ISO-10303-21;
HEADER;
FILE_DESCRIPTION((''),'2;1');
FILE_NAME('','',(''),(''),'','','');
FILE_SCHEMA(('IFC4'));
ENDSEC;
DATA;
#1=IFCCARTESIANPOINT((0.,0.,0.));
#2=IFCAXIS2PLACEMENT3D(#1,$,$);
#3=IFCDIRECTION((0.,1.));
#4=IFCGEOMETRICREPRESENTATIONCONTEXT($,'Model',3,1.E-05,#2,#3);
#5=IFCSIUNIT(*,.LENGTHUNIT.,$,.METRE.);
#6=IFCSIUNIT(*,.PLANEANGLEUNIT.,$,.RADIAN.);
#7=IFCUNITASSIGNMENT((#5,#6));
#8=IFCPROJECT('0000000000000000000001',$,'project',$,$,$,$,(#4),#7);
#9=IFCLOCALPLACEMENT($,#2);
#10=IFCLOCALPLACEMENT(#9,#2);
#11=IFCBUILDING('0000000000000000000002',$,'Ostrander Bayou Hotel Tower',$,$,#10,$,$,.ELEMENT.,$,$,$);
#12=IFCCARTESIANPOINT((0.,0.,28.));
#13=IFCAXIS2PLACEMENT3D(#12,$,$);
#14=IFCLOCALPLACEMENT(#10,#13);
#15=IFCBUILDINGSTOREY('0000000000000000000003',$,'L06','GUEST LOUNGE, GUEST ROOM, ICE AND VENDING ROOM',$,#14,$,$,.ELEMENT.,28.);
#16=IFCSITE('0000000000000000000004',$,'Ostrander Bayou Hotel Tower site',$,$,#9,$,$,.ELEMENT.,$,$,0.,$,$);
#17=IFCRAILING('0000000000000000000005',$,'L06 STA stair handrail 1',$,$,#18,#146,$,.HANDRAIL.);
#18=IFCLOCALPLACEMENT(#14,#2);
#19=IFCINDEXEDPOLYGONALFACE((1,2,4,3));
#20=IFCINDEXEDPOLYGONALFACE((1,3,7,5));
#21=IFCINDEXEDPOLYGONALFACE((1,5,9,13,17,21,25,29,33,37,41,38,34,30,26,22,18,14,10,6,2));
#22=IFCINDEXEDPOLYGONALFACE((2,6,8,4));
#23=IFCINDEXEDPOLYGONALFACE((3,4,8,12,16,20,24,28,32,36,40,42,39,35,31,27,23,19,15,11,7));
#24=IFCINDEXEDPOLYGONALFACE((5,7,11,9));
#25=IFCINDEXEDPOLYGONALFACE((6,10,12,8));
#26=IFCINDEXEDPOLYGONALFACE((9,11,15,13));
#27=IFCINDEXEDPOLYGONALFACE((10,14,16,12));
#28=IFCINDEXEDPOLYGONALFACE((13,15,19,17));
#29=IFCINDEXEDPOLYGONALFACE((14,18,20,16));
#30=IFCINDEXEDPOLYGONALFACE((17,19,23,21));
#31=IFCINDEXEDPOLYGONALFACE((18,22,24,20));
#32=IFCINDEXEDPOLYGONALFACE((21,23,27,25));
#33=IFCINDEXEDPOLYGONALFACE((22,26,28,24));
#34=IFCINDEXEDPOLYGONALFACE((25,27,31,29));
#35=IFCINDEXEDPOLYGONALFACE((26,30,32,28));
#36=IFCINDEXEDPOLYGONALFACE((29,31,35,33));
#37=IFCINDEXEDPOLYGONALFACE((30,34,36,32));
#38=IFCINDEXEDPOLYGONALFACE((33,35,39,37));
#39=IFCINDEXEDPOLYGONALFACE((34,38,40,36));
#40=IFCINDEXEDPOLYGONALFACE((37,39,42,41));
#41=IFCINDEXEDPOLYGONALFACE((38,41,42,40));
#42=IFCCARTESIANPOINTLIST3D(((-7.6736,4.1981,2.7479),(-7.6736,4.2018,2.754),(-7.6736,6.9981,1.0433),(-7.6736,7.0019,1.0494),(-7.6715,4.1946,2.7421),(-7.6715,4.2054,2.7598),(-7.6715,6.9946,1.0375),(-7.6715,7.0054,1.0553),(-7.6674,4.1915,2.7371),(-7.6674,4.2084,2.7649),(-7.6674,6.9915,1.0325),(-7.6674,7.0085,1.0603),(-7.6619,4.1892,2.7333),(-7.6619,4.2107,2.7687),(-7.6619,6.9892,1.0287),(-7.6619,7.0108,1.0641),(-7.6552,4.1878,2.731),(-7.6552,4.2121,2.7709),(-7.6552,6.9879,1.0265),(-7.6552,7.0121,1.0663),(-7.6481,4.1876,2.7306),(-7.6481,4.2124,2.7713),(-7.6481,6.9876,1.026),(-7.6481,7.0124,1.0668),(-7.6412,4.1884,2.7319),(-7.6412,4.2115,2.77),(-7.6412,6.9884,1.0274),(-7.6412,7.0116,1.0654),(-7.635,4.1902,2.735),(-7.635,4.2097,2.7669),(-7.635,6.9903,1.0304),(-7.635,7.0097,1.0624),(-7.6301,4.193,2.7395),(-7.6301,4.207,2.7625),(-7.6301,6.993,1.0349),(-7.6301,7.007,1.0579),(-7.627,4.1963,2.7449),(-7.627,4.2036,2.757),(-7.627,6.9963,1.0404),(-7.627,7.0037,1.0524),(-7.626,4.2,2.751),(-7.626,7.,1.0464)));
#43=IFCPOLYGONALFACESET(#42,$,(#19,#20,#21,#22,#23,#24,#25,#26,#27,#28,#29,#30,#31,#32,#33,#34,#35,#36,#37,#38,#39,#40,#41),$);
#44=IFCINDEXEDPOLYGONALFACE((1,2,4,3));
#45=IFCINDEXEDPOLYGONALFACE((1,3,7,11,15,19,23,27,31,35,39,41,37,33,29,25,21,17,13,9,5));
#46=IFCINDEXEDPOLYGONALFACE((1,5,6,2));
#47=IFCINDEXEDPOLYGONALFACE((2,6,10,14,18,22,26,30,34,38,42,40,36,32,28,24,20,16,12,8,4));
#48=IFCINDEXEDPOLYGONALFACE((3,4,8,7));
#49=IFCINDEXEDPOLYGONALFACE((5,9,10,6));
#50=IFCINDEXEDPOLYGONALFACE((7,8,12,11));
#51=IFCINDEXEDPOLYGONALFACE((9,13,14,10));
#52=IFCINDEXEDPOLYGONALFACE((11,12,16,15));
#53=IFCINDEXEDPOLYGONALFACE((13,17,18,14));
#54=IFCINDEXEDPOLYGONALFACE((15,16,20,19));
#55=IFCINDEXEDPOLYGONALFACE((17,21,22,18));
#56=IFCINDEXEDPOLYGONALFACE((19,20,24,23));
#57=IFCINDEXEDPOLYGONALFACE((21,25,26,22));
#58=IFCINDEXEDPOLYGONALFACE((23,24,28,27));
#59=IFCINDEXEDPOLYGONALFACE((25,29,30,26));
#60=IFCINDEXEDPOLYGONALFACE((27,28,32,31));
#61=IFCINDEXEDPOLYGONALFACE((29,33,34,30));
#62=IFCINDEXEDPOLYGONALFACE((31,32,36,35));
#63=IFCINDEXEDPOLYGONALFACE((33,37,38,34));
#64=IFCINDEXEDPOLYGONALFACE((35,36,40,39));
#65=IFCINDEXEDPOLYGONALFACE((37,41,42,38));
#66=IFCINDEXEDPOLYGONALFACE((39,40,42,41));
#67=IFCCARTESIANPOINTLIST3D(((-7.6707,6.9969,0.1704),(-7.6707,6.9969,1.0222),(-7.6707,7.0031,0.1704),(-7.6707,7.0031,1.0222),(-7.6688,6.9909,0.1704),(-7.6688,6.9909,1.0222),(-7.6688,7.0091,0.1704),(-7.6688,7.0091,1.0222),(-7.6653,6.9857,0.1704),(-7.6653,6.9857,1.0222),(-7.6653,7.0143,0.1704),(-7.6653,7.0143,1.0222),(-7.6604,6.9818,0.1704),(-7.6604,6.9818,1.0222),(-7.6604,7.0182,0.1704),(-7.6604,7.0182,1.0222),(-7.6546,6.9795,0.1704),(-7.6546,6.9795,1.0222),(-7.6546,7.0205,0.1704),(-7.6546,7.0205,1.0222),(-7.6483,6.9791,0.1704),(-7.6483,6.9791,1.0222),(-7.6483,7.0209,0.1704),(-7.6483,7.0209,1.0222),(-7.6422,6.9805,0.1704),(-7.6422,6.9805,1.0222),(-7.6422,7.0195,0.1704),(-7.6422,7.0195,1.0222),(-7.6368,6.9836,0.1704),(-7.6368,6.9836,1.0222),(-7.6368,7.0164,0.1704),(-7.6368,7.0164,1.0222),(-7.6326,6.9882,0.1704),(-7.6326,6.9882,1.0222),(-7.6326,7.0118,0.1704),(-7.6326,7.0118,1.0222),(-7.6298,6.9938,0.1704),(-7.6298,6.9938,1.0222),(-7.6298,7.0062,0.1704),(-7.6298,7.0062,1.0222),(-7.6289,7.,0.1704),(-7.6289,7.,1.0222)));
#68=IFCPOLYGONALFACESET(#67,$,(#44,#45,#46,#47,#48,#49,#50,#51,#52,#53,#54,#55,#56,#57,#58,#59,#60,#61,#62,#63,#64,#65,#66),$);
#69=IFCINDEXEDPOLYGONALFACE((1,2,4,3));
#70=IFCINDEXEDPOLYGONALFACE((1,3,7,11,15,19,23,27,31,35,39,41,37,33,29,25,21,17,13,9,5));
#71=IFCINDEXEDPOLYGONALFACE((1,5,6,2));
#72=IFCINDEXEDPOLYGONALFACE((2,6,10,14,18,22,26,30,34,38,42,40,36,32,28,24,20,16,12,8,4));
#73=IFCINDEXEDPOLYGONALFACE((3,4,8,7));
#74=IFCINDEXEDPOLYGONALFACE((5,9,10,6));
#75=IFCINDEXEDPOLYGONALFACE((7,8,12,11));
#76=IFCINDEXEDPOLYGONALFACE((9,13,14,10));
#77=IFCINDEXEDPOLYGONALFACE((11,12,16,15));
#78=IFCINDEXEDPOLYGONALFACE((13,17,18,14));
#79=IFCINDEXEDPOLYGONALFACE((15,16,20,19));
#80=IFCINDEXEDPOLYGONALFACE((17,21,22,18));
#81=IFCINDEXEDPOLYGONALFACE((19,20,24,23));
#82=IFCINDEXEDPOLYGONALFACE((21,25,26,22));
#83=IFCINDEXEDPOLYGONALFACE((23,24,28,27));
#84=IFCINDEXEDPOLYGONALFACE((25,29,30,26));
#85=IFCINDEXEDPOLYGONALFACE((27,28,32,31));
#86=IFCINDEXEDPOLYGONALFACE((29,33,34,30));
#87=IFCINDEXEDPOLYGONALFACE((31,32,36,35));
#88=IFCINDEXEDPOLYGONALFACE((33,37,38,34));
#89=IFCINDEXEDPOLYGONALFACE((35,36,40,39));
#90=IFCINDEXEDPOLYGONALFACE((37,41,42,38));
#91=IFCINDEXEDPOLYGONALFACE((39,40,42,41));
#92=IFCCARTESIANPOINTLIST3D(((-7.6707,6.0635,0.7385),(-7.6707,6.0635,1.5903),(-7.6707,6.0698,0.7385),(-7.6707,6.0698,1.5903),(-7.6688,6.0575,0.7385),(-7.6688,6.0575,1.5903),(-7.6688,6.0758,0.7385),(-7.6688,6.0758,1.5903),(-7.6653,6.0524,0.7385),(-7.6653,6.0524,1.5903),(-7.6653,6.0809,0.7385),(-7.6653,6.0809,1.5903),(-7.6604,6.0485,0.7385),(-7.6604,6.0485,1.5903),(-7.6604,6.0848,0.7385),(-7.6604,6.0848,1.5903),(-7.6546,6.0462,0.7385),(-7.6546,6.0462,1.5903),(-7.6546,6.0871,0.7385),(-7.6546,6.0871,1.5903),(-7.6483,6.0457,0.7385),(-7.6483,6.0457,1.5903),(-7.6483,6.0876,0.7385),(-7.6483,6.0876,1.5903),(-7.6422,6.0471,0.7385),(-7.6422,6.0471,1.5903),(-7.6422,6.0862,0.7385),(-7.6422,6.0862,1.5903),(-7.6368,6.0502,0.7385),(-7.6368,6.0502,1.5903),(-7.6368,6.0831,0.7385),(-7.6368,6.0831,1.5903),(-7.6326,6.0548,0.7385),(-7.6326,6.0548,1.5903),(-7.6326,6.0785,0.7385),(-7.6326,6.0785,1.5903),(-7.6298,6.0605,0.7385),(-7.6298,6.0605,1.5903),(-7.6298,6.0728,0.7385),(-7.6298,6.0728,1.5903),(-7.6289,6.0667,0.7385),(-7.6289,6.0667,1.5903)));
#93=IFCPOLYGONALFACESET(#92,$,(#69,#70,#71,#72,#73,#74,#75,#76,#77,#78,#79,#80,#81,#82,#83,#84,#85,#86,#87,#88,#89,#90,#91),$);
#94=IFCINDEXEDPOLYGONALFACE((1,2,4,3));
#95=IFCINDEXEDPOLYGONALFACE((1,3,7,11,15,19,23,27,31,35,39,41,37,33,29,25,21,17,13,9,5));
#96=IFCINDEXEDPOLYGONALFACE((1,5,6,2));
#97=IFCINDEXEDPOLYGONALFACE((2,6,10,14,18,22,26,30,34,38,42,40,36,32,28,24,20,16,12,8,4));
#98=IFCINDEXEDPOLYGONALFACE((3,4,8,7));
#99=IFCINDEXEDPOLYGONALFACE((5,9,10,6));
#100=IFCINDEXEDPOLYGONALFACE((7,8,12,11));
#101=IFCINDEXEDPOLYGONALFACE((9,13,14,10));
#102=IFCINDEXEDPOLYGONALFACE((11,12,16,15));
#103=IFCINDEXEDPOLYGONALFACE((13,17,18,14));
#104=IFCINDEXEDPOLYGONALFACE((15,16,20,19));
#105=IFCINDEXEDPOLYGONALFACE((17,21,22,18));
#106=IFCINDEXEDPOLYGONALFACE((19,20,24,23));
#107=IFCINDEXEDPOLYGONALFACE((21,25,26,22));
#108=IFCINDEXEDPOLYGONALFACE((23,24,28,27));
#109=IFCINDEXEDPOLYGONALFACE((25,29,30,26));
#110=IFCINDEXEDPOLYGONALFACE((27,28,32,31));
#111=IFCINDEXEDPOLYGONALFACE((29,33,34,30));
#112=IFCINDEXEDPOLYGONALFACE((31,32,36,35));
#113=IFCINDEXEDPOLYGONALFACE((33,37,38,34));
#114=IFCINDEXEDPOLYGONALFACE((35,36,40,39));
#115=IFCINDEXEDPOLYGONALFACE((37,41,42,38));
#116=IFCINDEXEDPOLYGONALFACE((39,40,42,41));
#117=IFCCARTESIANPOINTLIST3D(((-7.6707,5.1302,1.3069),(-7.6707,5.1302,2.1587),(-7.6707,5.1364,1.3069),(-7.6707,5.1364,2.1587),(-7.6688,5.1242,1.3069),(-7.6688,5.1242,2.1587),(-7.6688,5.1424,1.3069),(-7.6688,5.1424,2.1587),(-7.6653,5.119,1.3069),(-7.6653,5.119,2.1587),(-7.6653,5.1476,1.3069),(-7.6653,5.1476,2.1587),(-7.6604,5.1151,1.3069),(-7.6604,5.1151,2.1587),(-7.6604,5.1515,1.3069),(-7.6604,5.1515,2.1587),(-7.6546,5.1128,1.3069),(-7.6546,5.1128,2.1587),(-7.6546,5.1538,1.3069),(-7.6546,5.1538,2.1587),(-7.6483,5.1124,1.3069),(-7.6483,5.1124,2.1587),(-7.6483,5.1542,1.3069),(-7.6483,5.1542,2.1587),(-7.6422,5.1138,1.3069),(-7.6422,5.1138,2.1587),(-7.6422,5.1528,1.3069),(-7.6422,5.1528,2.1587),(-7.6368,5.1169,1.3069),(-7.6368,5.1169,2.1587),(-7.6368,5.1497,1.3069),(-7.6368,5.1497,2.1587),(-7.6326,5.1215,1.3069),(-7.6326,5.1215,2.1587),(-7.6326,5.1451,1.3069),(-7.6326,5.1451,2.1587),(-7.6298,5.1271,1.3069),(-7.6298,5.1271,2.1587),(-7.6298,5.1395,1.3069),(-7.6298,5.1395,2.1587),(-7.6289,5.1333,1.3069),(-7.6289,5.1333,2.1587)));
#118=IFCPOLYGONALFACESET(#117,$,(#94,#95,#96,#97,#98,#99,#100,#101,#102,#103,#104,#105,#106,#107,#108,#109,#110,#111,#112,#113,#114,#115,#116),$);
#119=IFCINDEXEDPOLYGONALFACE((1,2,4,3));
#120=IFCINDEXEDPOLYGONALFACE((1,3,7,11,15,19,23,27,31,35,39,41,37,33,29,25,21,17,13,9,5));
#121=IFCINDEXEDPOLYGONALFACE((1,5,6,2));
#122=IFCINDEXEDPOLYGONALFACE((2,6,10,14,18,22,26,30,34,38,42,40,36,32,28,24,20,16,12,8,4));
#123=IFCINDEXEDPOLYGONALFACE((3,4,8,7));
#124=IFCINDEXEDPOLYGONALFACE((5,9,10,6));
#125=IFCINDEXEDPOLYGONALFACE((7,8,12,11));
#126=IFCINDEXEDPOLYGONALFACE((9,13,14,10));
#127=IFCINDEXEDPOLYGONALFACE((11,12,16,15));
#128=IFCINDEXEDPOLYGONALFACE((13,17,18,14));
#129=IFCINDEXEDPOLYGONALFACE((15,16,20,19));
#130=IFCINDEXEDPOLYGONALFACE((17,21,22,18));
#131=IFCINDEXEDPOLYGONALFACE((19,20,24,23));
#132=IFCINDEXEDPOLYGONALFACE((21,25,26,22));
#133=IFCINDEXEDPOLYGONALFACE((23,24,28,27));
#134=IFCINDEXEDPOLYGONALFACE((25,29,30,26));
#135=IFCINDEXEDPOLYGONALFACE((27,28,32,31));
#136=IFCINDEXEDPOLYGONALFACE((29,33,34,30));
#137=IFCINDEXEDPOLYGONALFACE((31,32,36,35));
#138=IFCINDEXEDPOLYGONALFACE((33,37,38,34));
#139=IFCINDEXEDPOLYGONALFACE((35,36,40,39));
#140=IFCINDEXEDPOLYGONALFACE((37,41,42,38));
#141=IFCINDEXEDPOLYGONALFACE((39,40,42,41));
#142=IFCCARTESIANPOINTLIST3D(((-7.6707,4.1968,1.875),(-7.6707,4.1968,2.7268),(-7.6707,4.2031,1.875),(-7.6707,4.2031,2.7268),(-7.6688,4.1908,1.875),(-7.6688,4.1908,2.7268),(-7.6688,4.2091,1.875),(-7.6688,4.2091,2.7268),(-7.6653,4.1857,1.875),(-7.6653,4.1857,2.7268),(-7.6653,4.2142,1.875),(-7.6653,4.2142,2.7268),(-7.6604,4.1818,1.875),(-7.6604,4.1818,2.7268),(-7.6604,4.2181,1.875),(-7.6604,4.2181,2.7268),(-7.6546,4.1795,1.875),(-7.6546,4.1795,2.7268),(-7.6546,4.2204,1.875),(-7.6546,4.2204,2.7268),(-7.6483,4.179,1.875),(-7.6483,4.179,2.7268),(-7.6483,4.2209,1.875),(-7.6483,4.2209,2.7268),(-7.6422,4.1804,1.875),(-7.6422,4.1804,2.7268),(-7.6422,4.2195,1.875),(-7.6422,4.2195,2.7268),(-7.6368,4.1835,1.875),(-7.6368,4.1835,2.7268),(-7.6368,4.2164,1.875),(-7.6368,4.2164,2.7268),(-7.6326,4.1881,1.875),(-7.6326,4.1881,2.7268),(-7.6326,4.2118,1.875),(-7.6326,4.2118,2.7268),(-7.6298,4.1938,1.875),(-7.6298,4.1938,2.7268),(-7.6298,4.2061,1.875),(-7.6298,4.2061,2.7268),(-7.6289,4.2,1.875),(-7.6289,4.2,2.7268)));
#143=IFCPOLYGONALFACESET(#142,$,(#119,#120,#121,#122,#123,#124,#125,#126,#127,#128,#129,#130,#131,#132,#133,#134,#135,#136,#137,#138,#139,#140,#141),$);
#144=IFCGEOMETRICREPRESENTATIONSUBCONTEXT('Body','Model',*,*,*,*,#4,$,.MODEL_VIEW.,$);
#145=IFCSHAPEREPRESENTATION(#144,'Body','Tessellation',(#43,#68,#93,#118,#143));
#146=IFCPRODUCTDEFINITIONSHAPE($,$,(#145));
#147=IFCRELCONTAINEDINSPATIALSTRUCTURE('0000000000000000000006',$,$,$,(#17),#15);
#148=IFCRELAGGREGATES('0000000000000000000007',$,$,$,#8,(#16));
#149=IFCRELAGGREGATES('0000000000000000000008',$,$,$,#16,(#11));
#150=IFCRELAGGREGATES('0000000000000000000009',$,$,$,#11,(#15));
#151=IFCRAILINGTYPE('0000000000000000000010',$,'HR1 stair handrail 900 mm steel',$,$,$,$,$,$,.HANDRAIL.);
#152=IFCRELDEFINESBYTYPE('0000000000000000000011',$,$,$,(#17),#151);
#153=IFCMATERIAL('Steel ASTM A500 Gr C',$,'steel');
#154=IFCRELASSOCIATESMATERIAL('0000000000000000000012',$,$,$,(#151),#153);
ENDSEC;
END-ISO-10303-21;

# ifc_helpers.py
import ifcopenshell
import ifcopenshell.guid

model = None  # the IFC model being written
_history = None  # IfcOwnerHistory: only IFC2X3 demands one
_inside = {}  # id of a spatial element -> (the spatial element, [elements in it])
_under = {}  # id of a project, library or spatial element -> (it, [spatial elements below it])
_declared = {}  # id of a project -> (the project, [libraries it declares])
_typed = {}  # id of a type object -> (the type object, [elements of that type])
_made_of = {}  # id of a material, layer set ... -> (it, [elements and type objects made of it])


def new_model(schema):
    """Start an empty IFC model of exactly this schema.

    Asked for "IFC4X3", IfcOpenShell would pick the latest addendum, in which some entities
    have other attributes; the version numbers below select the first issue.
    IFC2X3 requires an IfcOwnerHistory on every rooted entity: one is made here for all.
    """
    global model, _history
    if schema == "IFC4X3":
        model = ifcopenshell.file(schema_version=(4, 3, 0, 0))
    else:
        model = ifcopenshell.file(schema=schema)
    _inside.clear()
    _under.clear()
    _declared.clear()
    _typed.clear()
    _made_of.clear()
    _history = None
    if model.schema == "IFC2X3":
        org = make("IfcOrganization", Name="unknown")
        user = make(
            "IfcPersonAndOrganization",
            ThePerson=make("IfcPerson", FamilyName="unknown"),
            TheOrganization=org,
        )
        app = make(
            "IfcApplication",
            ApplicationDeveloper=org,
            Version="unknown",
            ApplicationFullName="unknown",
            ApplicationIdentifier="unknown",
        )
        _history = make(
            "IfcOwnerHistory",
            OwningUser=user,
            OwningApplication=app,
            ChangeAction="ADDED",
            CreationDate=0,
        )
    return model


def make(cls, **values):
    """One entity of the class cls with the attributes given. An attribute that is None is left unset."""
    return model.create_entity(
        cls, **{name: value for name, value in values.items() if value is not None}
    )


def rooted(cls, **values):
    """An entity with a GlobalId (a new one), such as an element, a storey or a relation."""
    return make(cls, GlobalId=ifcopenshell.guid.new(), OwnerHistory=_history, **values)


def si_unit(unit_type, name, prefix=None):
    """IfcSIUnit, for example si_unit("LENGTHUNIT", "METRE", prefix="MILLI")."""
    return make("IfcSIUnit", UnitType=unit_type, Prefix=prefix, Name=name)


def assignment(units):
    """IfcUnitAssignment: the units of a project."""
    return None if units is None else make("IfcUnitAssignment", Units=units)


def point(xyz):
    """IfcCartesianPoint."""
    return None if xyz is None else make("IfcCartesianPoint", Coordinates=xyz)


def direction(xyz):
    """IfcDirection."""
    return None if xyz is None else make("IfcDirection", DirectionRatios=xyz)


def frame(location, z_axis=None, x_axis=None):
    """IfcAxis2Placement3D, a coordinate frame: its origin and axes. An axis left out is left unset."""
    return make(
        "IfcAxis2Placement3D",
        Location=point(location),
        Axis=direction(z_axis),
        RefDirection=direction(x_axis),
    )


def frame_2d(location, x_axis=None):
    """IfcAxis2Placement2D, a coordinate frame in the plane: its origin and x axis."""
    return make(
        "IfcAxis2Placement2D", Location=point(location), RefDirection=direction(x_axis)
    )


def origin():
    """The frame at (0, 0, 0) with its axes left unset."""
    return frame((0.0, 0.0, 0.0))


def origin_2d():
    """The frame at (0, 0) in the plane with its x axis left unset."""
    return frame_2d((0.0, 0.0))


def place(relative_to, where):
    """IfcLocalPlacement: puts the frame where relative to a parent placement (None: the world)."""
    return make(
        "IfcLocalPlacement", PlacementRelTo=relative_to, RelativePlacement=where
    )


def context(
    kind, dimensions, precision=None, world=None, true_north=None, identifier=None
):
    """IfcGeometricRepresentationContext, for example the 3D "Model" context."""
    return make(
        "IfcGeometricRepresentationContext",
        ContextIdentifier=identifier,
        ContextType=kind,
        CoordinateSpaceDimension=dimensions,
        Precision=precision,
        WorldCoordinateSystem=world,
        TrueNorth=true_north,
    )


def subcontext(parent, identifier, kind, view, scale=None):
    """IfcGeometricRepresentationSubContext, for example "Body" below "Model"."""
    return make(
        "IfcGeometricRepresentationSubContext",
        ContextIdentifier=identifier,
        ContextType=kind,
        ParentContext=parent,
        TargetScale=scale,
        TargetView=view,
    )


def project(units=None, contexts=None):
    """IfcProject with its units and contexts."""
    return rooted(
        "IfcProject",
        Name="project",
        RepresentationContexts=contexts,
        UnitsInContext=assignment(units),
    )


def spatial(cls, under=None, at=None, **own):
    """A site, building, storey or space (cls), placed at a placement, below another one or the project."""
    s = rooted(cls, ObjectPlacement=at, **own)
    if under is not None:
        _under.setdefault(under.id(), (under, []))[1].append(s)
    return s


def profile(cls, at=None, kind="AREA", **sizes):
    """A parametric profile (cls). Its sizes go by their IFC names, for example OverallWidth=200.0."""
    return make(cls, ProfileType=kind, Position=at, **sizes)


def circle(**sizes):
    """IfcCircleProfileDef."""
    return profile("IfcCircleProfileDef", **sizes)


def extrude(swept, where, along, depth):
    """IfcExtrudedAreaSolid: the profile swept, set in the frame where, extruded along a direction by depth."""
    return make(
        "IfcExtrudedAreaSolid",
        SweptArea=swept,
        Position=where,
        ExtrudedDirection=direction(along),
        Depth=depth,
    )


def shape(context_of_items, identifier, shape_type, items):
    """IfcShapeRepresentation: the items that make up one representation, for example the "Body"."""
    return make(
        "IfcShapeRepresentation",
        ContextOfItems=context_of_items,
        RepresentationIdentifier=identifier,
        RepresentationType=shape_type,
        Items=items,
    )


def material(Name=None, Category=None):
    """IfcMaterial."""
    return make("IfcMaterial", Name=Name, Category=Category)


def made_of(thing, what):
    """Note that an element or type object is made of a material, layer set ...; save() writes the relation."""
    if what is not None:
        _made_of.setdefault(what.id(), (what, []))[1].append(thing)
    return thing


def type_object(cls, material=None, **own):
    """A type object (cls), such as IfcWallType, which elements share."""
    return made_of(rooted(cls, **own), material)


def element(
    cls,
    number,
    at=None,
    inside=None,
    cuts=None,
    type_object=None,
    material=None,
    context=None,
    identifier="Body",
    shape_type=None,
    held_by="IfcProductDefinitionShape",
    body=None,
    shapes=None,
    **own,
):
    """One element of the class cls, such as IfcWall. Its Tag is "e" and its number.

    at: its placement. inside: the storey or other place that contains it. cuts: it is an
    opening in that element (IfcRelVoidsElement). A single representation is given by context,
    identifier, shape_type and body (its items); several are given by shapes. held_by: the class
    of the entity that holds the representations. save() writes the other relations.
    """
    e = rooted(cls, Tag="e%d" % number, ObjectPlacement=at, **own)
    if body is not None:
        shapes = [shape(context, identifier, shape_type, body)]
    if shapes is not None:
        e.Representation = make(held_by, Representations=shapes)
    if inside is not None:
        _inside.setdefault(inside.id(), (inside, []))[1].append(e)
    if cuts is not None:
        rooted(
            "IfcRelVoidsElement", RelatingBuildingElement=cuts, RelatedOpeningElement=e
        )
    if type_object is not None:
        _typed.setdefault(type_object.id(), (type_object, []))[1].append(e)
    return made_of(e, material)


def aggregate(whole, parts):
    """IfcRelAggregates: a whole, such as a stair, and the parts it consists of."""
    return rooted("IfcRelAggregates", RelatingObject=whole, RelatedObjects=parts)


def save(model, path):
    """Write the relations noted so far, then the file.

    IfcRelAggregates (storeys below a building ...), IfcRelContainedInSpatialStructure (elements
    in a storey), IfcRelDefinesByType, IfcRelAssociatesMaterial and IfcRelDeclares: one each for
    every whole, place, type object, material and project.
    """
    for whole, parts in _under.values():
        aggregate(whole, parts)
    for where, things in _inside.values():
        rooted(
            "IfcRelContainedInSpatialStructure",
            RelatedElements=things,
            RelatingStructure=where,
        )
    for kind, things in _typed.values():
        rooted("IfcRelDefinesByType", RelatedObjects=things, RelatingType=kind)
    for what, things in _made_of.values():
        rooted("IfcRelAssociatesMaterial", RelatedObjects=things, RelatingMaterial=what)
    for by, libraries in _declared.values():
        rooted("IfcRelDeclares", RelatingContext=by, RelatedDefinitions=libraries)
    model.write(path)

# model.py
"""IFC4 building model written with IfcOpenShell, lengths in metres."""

from ifc_helpers import new_model, si_unit, direction, frame, origin, origin_2d, place, context, subcontext, project, spatial, circle, extrude, material, type_object, element, save


model = new_model("IFC4")

# Units and contexts
model_context = context("Model", 3, precision=1e-05, world=origin(), true_north=direction((0.0, 1.0)))
body_context = subcontext(model_context, "Body", "Model", "MODEL_VIEW")
ifc_project = project(units=[si_unit("LENGTHUNIT", "METRE"), si_unit("PLANEANGLEUNIT", "RADIAN")], contexts=[model_context])

# Site, building, storey
site_placement = place(None, origin())
site = spatial("IfcSite", under=ifc_project, at=site_placement, Name="Ostrander Bayou Hotel Tower site", CompositionType="ELEMENT", RefElevation=0.0)
building_placement = place(site_placement, origin())
building = spatial("IfcBuilding", under=site, at=building_placement, Name="Ostrander Bayou Hotel Tower", CompositionType="ELEMENT")
storey_placement = place(building_placement, frame((0.0, 0.0, 28.0)))
storey = spatial("IfcBuildingStorey", under=building, at=storey_placement, Name="L06", Description="GUEST LOUNGE, GUEST ROOM, ICE AND VENDING ROOM", CompositionType="ELEMENT", Elevation=28.0)

# Railing
ifc_material_1 = material(Name="Steel ASTM A500 Gr C", Category="steel")
railing_type_1 = type_object("IfcRailingType", Name="HR1 stair handrail 900 mm steel", PredefinedType="HANDRAIL", material=ifc_material_1)
railing_1_placement = place(storey_placement, frame((-7.6499, 7.0, 0.1704)))
element("IfcRailing", 1, at=railing_1_placement, inside=storey, type_object=railing_type_1, Name="L06 STA stair handrail 1", PredefinedType="HANDRAIL", context=body_context, shape_type="SweptSolid", body=[
    extrude(circle(Radius=0.0239, at=origin_2d()), frame((0.0, 0.0, 0.876), z_axis=(0.0, -0.85417, 0.519994), x_axis=(1.0, 0.0, 0.0)), (0.0, 0.0, 1.0), 3.2781),
    extrude(circle(Radius=0.021, at=origin_2d()), origin(), (0.0, 0.0, 1.0), 0.8518),
    extrude(circle(Radius=0.021, at=origin_2d()), frame((0.0, -0.9333, 0.5681)), (0.0, 0.0, 1.0), 0.8518),
    extrude(circle(Radius=0.021, at=origin_2d()), frame((0.0, -1.8667, 1.1365)), (0.0, 0.0, 1.0), 0.8518),
    extrude(circle(Radius=0.021, at=origin_2d()), frame((0.0, -2.8, 1.7046)), (0.0, 0.0, 1.0), 0.8518),
])

save(model, "model.ifc")
